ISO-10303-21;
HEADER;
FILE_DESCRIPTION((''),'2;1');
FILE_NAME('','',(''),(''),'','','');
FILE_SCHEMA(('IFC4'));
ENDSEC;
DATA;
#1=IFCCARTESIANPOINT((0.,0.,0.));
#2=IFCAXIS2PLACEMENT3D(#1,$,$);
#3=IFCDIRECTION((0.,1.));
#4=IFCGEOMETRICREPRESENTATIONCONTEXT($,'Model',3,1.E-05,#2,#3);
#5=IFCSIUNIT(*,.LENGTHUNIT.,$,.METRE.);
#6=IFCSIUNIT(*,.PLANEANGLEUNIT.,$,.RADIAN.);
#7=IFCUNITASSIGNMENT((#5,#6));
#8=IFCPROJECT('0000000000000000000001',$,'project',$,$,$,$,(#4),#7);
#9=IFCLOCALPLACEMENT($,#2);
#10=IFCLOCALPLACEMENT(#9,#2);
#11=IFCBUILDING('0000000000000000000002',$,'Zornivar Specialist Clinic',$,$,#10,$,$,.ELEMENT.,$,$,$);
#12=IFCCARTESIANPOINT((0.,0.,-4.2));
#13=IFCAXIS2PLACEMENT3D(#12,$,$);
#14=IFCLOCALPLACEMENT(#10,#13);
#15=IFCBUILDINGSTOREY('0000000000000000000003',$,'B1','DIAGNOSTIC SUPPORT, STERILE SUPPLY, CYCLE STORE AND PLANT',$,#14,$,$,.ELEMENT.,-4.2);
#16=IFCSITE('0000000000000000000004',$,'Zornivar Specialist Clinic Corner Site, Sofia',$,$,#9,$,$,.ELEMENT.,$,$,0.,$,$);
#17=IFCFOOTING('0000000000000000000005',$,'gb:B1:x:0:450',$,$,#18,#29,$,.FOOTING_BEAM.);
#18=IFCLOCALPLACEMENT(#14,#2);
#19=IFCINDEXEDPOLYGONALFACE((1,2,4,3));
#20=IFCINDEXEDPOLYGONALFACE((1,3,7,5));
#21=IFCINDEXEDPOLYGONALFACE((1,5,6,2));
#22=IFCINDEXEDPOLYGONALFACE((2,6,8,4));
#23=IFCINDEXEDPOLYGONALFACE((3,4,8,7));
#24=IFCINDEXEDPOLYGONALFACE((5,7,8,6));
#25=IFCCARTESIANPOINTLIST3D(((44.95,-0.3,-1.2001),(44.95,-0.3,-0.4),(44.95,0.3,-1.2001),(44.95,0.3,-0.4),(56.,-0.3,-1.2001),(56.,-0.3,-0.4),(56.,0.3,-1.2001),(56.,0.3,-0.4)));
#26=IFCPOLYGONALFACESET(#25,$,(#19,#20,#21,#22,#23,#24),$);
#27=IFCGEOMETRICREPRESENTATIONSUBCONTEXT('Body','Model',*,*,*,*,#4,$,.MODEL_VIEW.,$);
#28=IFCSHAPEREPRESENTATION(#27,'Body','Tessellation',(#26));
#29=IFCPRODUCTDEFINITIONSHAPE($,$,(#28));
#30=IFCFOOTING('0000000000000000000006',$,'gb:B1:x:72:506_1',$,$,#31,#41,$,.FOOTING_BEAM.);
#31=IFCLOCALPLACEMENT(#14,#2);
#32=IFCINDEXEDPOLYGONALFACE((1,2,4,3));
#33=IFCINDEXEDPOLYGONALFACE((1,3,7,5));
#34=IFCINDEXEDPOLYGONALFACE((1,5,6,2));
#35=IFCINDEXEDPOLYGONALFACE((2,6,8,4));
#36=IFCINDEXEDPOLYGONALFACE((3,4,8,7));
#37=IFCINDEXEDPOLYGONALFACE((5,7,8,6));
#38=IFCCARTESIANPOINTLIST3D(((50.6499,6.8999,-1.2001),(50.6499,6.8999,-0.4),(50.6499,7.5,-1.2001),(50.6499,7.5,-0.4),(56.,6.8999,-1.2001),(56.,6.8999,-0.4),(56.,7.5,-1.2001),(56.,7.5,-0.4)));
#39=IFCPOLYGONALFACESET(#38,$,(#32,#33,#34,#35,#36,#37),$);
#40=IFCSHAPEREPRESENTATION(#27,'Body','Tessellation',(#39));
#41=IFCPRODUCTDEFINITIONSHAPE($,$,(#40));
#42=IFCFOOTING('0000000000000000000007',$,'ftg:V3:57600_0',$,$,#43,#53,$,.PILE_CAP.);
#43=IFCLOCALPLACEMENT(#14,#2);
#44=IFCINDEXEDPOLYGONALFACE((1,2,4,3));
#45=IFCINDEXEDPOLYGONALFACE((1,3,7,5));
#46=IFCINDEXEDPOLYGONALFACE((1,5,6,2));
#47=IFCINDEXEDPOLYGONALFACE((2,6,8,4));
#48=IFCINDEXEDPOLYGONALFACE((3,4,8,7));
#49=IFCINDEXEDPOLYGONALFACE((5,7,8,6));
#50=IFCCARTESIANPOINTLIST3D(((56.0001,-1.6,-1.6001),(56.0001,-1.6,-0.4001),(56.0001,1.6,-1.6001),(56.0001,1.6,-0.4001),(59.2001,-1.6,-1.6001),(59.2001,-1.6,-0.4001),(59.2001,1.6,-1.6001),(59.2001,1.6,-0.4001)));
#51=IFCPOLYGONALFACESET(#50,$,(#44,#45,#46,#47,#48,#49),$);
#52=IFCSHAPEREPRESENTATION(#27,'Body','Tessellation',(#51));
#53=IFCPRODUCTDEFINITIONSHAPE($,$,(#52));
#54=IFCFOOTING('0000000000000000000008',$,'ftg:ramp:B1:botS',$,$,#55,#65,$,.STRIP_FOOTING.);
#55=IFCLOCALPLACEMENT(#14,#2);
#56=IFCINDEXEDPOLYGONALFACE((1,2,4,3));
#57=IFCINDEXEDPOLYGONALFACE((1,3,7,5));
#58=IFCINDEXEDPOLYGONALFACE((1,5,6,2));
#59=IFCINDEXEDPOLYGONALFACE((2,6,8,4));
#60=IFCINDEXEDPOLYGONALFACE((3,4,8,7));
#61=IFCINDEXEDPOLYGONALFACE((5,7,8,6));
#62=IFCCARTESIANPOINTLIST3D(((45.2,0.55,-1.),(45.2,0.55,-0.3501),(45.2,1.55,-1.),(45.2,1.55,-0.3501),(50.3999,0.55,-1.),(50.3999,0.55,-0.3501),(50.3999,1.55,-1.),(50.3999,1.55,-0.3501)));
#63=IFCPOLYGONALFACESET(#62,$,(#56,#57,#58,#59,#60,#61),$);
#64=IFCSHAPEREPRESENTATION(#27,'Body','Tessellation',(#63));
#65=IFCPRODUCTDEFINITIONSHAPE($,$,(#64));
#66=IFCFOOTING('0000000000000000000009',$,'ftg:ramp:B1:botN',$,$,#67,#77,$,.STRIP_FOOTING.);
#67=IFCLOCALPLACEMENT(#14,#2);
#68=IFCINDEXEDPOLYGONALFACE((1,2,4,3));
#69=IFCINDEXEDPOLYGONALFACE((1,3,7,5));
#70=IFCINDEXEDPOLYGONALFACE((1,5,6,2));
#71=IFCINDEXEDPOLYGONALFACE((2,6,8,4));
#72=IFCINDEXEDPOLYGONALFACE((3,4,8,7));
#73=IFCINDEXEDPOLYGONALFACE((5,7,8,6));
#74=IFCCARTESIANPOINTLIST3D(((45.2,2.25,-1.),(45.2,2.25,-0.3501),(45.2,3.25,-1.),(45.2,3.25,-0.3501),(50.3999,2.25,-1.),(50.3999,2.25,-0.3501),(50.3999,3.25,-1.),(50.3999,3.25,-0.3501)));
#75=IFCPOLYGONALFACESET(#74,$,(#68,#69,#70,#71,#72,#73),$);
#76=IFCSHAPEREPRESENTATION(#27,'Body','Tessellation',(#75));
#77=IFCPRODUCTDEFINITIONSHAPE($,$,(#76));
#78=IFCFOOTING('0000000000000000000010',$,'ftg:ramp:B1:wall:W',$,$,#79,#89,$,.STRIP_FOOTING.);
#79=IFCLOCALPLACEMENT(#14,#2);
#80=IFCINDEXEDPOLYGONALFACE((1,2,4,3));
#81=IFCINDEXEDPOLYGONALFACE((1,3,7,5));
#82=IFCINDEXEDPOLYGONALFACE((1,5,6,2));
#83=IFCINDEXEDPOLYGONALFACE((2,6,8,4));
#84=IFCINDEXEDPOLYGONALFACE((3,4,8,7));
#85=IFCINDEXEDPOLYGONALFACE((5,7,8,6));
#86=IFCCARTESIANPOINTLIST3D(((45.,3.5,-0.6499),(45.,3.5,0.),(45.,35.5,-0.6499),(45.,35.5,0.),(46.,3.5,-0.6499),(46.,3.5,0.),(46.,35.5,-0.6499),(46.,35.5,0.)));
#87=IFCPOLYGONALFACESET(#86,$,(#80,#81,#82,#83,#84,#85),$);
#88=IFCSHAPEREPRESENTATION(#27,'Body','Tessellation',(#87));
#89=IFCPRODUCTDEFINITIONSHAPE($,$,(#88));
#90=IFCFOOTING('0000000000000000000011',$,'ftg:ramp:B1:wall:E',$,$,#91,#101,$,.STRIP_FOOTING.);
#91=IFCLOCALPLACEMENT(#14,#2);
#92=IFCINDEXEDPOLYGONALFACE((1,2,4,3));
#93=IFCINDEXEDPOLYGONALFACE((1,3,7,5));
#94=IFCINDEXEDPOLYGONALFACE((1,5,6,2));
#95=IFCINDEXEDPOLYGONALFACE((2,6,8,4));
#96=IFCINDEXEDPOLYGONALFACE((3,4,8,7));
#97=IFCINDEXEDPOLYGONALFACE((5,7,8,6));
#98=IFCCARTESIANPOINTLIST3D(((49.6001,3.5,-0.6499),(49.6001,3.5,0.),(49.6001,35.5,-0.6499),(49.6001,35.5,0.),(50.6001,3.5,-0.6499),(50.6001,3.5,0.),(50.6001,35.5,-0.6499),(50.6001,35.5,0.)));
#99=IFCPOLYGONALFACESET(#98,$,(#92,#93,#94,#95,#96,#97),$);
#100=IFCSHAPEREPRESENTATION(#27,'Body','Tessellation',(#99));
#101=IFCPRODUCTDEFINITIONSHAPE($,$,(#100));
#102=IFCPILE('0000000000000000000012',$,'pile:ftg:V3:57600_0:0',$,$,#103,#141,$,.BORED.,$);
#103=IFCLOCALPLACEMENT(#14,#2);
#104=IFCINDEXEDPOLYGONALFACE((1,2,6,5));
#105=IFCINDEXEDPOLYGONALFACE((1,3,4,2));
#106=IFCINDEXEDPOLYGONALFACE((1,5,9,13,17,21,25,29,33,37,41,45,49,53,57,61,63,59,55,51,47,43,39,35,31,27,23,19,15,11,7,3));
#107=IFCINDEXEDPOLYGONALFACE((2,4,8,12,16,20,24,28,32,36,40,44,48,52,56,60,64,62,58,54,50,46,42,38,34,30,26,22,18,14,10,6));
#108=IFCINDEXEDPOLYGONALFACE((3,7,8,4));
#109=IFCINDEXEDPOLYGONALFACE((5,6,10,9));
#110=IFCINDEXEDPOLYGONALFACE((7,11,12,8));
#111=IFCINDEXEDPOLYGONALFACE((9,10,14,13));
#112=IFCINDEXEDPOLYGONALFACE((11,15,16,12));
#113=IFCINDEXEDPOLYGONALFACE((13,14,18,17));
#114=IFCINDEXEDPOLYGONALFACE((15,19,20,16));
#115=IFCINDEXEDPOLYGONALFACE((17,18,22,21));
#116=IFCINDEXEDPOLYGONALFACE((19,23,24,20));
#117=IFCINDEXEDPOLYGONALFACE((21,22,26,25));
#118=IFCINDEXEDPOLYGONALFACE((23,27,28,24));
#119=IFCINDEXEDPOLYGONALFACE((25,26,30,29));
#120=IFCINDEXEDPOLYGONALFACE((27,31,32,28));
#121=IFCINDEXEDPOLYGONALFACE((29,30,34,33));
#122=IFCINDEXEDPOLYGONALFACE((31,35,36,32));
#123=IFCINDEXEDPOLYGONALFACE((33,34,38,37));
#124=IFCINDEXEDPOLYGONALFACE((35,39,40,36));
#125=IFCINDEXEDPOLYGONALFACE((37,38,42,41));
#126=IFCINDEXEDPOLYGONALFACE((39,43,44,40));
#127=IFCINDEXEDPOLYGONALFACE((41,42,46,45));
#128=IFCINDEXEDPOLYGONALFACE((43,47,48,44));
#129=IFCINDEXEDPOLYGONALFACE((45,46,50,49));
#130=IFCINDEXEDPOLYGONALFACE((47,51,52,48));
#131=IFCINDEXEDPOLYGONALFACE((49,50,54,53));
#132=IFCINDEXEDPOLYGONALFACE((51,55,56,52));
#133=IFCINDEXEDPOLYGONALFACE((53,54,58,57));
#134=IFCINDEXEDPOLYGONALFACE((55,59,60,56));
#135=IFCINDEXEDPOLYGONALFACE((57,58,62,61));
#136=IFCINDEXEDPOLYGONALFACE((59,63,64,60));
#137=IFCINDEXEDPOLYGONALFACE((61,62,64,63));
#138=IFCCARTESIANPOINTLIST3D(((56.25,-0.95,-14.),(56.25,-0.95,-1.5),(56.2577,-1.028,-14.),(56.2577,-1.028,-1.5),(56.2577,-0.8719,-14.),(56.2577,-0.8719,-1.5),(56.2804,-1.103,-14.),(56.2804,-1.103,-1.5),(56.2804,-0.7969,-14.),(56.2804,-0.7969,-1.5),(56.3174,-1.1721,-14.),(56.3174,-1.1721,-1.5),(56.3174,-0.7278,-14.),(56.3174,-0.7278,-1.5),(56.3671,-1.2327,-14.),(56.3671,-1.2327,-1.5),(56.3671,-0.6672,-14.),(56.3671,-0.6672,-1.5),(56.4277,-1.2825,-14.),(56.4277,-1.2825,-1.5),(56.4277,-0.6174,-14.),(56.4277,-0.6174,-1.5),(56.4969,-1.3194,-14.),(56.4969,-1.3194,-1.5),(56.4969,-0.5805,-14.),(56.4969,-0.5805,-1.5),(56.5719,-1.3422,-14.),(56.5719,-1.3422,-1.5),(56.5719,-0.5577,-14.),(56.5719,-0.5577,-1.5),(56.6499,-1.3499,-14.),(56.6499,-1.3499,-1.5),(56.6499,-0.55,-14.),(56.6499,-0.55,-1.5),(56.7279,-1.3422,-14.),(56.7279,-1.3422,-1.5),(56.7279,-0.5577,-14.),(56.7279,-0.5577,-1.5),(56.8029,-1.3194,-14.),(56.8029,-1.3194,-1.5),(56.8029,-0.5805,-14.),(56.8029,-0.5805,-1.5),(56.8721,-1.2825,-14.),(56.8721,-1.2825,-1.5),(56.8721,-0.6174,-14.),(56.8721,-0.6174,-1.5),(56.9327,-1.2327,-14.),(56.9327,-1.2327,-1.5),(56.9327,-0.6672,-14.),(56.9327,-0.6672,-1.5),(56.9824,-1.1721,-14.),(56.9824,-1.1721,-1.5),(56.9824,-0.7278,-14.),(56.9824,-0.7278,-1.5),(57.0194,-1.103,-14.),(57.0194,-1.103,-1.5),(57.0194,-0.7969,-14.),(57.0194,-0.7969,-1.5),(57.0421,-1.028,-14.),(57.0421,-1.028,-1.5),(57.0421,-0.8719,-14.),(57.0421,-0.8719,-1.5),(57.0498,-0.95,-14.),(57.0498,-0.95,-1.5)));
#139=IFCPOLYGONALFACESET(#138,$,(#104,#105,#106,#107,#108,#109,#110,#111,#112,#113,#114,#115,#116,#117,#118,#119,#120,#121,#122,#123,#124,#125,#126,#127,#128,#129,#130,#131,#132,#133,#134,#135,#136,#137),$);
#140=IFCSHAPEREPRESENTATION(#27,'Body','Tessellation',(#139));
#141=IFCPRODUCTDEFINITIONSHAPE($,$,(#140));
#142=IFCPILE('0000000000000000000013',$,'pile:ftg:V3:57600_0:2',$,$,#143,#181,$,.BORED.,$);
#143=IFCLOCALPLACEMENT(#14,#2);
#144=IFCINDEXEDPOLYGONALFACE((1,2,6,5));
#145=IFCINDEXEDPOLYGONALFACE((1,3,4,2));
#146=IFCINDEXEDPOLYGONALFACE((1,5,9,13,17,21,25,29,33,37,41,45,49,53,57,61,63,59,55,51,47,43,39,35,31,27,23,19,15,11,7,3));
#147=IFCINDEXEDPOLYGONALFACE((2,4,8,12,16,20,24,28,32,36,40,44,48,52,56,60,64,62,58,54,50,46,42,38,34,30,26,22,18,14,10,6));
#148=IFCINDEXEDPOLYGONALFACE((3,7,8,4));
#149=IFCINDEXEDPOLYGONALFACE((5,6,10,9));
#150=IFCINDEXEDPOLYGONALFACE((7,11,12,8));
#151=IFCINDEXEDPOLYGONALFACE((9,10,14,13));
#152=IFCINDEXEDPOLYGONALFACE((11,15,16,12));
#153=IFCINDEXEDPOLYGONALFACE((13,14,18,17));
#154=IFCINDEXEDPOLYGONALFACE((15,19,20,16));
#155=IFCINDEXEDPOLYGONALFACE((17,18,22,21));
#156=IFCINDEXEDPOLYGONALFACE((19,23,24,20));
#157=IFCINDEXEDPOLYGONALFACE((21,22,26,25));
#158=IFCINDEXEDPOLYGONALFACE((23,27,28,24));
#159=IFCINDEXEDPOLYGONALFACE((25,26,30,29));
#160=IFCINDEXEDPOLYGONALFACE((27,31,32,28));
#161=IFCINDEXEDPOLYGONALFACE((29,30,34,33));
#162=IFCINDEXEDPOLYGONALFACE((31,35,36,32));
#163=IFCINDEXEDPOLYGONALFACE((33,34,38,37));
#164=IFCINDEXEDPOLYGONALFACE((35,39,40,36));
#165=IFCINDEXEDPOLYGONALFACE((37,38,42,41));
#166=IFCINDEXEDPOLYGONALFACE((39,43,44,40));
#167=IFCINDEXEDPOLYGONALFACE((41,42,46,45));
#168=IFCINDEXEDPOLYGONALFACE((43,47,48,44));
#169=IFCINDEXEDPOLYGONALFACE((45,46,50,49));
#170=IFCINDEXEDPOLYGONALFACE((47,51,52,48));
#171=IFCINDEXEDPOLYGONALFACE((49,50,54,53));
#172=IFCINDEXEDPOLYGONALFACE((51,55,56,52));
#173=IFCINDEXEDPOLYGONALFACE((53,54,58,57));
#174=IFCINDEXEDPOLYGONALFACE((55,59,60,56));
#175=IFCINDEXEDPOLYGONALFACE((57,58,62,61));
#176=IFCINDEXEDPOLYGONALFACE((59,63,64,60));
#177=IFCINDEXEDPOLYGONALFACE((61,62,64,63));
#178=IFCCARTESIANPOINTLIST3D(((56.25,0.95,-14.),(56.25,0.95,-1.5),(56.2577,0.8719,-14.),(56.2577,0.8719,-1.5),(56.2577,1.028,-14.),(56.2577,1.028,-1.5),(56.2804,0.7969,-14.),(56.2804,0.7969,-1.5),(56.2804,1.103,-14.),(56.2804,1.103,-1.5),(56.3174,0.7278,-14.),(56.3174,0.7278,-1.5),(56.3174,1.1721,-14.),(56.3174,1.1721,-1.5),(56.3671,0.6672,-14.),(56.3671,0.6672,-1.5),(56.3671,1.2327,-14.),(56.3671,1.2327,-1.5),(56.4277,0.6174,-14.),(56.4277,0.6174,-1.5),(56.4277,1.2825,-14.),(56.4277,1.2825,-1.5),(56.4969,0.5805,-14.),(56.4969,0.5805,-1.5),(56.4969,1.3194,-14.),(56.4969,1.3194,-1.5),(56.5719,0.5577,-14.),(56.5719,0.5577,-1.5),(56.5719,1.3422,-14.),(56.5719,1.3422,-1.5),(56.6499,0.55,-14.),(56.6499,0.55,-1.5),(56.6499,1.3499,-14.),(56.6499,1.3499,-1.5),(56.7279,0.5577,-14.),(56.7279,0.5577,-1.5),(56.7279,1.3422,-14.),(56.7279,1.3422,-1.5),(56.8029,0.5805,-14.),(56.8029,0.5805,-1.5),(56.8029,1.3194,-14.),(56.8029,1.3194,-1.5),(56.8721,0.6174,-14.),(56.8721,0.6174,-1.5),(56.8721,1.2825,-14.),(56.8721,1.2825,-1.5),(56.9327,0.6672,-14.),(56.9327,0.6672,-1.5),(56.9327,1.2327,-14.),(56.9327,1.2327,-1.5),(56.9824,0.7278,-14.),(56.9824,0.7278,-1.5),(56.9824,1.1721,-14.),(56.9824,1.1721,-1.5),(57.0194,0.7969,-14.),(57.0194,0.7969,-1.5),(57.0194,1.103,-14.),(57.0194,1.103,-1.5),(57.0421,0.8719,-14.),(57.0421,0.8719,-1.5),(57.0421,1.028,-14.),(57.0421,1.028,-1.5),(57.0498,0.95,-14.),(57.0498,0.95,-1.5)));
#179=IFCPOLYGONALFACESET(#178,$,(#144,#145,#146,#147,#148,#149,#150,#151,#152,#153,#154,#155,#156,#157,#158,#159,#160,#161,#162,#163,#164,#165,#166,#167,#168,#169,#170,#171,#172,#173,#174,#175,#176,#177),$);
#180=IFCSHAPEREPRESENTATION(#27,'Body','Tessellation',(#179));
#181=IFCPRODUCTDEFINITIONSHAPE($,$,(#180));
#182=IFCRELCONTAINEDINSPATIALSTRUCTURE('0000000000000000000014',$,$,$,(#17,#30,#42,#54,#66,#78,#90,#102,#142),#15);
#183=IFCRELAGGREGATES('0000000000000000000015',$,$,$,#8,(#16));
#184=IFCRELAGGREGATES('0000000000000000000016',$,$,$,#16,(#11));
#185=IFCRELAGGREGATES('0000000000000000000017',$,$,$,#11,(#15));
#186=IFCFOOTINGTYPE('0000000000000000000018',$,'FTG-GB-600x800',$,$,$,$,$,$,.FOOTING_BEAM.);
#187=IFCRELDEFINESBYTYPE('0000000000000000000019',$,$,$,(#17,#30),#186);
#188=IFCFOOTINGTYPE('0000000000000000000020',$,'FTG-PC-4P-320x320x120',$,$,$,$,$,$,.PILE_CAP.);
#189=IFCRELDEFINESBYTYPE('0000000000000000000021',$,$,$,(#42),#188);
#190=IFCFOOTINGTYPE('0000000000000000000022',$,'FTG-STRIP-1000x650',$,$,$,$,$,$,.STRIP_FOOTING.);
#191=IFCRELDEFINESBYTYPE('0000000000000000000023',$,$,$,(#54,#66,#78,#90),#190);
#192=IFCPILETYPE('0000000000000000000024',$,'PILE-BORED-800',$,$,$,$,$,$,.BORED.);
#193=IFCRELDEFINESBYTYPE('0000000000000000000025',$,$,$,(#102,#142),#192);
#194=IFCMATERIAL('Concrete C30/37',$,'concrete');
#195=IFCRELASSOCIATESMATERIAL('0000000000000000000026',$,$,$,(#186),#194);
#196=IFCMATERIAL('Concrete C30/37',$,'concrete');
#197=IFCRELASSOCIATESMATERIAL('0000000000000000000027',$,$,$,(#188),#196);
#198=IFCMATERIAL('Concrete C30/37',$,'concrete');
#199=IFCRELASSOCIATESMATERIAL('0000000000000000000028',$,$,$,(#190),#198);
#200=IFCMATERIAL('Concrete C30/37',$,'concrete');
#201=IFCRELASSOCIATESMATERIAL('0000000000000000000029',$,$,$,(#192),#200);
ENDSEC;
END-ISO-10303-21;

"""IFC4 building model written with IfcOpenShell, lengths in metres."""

from ifc_helpers import new_model, si_unit, direction, frame, origin, origin_2d, place, context, subcontext, project, spatial, rectangle, circle, extrude, material, material_profile, profile_set, type_object, element, save


model = new_model("IFC4")

# Units and contexts
model_context = context("Model", 3, precision=1e-05, world=origin(), true_north=direction((0.0, 1.0)))
body_context = subcontext(model_context, "Body", "Model", "MODEL_VIEW")
ifc_project = project(units=[si_unit("LENGTHUNIT", "METRE"), si_unit("PLANEANGLEUNIT", "RADIAN")], contexts=[model_context])

# Site, building, storey
site_placement = place(None, origin())
site = spatial("IfcSite", under=ifc_project, at=site_placement, Name="Zornivar Specialist Clinic Corner Site, Sofia", CompositionType="ELEMENT", RefElevation=0.0)
building_placement = place(site_placement, origin())
building = spatial("IfcBuilding", under=site, at=building_placement, Name="Zornivar Specialist Clinic", CompositionType="ELEMENT")
storey_placement = place(building_placement, frame((0.0, 0.0, -4.2)))
storey = spatial("IfcBuildingStorey", under=building, at=storey_placement, Name="B1", Description="DIAGNOSTIC SUPPORT, STERILE SUPPLY, CYCLE STORE AND PLANT", CompositionType="ELEMENT", Elevation=-4.2)

# Footings
ifc_material_1 = material(Name="Concrete C30/37", Category="concrete")
ifc_material_profile_1 = material_profile(ifc_material_1, rectangle(XDim=0.6001, YDim=0.8, at=origin_2d()), Name="RC 600x800")
ifc_profile_set_1 = profile_set([ifc_material_profile_1], Name="Concrete C30/37")
footing_type_1 = type_object("IfcFootingType", Name="FTG-GB-600x800", PredefinedType="FOOTING_BEAM", material=ifc_profile_set_1)
footing_1_placement = place(storey_placement, frame((44.95, 0.0, -0.8), z_axis=(1.0, 0.0, 0.0), x_axis=(0.0, 1.0, 0.0)))
element("IfcFooting", 1, at=footing_1_placement, inside=storey, type_object=footing_type_1, Name="gb:B1:x:0:450", PredefinedType="FOOTING_BEAM", context=body_context, shape_type="SweptSolid", body=[
    extrude(rectangle(XDim=0.6001, YDim=0.8, at=origin_2d()), origin(), (0.0, 0.0, 1.0), 11.05),
])
footing_2_placement = place(storey_placement, frame((50.6499, 7.2, -0.8), z_axis=(1.0, 0.0, 0.0), x_axis=(0.0, 1.0, 0.0)))
element("IfcFooting", 2, at=footing_2_placement, inside=storey, type_object=footing_type_1, Name="gb:B1:x:72:506_1", PredefinedType="FOOTING_BEAM", context=body_context, shape_type="SweptSolid", body=[
    extrude(rectangle(XDim=0.6001, YDim=0.8, at=origin_2d()), origin(), (0.0, 0.0, 1.0), 5.3501),
])
ifc_material_2 = material(Name="Concrete C30/37", Category="concrete")
footing_type_2 = type_object("IfcFootingType", Name="FTG-PC-4P-320x320x120", PredefinedType="PILE_CAP", material=ifc_material_2)
footing_3_placement = place(storey_placement, frame((57.6001, 0.0, -1.6001), z_axis=(0.0, 0.0, 1.0), x_axis=(1.0, 0.0, 0.0)))
element("IfcFooting", 3, at=footing_3_placement, inside=storey, type_object=footing_type_2, Name="ftg:V3:57600_0", PredefinedType="PILE_CAP", context=body_context, shape_type="SweptSolid", body=[
    extrude(rectangle(XDim=3.2, YDim=3.2, at=origin_2d()), origin(), (0.0, 0.0, 1.0), 1.2),
])
ifc_material_3 = material(Name="Concrete C30/37", Category="concrete")
ifc_material_profile_2 = material_profile(ifc_material_3, rectangle(XDim=1.0, YDim=0.6499, at=origin_2d()), Name="RC 1000x650")
ifc_profile_set_2 = profile_set([ifc_material_profile_2], Name="Concrete C30/37")
footing_type_3 = type_object("IfcFootingType", Name="FTG-STRIP-1000x650", PredefinedType="STRIP_FOOTING", material=ifc_profile_set_2)
for number, where, z_axis, x_axis, name in (
    (4, (45.2, 1.05, -0.675), (1.0, 0.0, 0.0), (0.0, 1.0, 0.0), "ftg:ramp:B1:botS"),
    (5, (45.2, 2.75, -0.675), (1.0, 0.0, 0.0), (0.0, 1.0, 0.0), "ftg:ramp:B1:botN"),
):
    element("IfcFooting", number, at=place(storey_placement, frame(where, z_axis=z_axis, x_axis=x_axis)), inside=storey, type_object=footing_type_3, Name=name, PredefinedType="STRIP_FOOTING", context=body_context, shape_type="SweptSolid", body=[
        extrude(rectangle(XDim=1.0, YDim=0.6499, at=origin_2d()), origin(), (0.0, 0.0, 1.0), 5.2),
    ])
for number, where, z_axis, x_axis, name in (
    (6, (45.5, 3.5, -0.325), (0.0, 1.0, 0.0), (-1.0, 0.0, 0.0), "ftg:ramp:B1:wall:W"),
    (7, (50.1001, 3.5, -0.325), (0.0, 1.0, 0.0), (-1.0, 0.0, 0.0), "ftg:ramp:B1:wall:E"),
):
    element("IfcFooting", number, at=place(storey_placement, frame(where, z_axis=z_axis, x_axis=x_axis)), inside=storey, type_object=footing_type_3, Name=name, PredefinedType="STRIP_FOOTING", context=body_context, shape_type="SweptSolid", body=[
        extrude(rectangle(XDim=1.0, YDim=0.6499, at=origin_2d()), origin(), (0.0, 0.0, 1.0), 32.0),
    ])

# Piles
ifc_material_4 = material(Name="Concrete C30/37", Category="concrete")
ifc_material_profile_3 = material_profile(ifc_material_4, circle(Radius=0.3999, at=origin_2d()), Name="PILE D800")
ifc_profile_set_3 = profile_set([ifc_material_profile_3], Name="Concrete C30/37")
pile_type_1 = type_object("IfcPileType", Name="PILE-BORED-800", PredefinedType="BORED", material=ifc_profile_set_3)
for number, where, z_axis, x_axis, name in (
    (8, (56.6499, -0.95, -1.5), (0.0, 0.0, -1.0), (1.0, 0.0, 0.0), "pile:ftg:V3:57600_0:0"),
    (9, (56.6499, 0.95, -1.5), (0.0, 0.0, -1.0), (1.0, 0.0, 0.0), "pile:ftg:V3:57600_0:2"),
):
    element("IfcPile", number, at=place(storey_placement, frame(where, z_axis=z_axis, x_axis=x_axis)), inside=storey, type_object=pile_type_1, Name=name, PredefinedType="BORED", context=body_context, shape_type="SweptSolid", body=[
        extrude(circle(Radius=0.3999, at=origin_2d()), origin(), (0.0, 0.0, 1.0), 12.5),
    ])

save(model, "model.ifc")
